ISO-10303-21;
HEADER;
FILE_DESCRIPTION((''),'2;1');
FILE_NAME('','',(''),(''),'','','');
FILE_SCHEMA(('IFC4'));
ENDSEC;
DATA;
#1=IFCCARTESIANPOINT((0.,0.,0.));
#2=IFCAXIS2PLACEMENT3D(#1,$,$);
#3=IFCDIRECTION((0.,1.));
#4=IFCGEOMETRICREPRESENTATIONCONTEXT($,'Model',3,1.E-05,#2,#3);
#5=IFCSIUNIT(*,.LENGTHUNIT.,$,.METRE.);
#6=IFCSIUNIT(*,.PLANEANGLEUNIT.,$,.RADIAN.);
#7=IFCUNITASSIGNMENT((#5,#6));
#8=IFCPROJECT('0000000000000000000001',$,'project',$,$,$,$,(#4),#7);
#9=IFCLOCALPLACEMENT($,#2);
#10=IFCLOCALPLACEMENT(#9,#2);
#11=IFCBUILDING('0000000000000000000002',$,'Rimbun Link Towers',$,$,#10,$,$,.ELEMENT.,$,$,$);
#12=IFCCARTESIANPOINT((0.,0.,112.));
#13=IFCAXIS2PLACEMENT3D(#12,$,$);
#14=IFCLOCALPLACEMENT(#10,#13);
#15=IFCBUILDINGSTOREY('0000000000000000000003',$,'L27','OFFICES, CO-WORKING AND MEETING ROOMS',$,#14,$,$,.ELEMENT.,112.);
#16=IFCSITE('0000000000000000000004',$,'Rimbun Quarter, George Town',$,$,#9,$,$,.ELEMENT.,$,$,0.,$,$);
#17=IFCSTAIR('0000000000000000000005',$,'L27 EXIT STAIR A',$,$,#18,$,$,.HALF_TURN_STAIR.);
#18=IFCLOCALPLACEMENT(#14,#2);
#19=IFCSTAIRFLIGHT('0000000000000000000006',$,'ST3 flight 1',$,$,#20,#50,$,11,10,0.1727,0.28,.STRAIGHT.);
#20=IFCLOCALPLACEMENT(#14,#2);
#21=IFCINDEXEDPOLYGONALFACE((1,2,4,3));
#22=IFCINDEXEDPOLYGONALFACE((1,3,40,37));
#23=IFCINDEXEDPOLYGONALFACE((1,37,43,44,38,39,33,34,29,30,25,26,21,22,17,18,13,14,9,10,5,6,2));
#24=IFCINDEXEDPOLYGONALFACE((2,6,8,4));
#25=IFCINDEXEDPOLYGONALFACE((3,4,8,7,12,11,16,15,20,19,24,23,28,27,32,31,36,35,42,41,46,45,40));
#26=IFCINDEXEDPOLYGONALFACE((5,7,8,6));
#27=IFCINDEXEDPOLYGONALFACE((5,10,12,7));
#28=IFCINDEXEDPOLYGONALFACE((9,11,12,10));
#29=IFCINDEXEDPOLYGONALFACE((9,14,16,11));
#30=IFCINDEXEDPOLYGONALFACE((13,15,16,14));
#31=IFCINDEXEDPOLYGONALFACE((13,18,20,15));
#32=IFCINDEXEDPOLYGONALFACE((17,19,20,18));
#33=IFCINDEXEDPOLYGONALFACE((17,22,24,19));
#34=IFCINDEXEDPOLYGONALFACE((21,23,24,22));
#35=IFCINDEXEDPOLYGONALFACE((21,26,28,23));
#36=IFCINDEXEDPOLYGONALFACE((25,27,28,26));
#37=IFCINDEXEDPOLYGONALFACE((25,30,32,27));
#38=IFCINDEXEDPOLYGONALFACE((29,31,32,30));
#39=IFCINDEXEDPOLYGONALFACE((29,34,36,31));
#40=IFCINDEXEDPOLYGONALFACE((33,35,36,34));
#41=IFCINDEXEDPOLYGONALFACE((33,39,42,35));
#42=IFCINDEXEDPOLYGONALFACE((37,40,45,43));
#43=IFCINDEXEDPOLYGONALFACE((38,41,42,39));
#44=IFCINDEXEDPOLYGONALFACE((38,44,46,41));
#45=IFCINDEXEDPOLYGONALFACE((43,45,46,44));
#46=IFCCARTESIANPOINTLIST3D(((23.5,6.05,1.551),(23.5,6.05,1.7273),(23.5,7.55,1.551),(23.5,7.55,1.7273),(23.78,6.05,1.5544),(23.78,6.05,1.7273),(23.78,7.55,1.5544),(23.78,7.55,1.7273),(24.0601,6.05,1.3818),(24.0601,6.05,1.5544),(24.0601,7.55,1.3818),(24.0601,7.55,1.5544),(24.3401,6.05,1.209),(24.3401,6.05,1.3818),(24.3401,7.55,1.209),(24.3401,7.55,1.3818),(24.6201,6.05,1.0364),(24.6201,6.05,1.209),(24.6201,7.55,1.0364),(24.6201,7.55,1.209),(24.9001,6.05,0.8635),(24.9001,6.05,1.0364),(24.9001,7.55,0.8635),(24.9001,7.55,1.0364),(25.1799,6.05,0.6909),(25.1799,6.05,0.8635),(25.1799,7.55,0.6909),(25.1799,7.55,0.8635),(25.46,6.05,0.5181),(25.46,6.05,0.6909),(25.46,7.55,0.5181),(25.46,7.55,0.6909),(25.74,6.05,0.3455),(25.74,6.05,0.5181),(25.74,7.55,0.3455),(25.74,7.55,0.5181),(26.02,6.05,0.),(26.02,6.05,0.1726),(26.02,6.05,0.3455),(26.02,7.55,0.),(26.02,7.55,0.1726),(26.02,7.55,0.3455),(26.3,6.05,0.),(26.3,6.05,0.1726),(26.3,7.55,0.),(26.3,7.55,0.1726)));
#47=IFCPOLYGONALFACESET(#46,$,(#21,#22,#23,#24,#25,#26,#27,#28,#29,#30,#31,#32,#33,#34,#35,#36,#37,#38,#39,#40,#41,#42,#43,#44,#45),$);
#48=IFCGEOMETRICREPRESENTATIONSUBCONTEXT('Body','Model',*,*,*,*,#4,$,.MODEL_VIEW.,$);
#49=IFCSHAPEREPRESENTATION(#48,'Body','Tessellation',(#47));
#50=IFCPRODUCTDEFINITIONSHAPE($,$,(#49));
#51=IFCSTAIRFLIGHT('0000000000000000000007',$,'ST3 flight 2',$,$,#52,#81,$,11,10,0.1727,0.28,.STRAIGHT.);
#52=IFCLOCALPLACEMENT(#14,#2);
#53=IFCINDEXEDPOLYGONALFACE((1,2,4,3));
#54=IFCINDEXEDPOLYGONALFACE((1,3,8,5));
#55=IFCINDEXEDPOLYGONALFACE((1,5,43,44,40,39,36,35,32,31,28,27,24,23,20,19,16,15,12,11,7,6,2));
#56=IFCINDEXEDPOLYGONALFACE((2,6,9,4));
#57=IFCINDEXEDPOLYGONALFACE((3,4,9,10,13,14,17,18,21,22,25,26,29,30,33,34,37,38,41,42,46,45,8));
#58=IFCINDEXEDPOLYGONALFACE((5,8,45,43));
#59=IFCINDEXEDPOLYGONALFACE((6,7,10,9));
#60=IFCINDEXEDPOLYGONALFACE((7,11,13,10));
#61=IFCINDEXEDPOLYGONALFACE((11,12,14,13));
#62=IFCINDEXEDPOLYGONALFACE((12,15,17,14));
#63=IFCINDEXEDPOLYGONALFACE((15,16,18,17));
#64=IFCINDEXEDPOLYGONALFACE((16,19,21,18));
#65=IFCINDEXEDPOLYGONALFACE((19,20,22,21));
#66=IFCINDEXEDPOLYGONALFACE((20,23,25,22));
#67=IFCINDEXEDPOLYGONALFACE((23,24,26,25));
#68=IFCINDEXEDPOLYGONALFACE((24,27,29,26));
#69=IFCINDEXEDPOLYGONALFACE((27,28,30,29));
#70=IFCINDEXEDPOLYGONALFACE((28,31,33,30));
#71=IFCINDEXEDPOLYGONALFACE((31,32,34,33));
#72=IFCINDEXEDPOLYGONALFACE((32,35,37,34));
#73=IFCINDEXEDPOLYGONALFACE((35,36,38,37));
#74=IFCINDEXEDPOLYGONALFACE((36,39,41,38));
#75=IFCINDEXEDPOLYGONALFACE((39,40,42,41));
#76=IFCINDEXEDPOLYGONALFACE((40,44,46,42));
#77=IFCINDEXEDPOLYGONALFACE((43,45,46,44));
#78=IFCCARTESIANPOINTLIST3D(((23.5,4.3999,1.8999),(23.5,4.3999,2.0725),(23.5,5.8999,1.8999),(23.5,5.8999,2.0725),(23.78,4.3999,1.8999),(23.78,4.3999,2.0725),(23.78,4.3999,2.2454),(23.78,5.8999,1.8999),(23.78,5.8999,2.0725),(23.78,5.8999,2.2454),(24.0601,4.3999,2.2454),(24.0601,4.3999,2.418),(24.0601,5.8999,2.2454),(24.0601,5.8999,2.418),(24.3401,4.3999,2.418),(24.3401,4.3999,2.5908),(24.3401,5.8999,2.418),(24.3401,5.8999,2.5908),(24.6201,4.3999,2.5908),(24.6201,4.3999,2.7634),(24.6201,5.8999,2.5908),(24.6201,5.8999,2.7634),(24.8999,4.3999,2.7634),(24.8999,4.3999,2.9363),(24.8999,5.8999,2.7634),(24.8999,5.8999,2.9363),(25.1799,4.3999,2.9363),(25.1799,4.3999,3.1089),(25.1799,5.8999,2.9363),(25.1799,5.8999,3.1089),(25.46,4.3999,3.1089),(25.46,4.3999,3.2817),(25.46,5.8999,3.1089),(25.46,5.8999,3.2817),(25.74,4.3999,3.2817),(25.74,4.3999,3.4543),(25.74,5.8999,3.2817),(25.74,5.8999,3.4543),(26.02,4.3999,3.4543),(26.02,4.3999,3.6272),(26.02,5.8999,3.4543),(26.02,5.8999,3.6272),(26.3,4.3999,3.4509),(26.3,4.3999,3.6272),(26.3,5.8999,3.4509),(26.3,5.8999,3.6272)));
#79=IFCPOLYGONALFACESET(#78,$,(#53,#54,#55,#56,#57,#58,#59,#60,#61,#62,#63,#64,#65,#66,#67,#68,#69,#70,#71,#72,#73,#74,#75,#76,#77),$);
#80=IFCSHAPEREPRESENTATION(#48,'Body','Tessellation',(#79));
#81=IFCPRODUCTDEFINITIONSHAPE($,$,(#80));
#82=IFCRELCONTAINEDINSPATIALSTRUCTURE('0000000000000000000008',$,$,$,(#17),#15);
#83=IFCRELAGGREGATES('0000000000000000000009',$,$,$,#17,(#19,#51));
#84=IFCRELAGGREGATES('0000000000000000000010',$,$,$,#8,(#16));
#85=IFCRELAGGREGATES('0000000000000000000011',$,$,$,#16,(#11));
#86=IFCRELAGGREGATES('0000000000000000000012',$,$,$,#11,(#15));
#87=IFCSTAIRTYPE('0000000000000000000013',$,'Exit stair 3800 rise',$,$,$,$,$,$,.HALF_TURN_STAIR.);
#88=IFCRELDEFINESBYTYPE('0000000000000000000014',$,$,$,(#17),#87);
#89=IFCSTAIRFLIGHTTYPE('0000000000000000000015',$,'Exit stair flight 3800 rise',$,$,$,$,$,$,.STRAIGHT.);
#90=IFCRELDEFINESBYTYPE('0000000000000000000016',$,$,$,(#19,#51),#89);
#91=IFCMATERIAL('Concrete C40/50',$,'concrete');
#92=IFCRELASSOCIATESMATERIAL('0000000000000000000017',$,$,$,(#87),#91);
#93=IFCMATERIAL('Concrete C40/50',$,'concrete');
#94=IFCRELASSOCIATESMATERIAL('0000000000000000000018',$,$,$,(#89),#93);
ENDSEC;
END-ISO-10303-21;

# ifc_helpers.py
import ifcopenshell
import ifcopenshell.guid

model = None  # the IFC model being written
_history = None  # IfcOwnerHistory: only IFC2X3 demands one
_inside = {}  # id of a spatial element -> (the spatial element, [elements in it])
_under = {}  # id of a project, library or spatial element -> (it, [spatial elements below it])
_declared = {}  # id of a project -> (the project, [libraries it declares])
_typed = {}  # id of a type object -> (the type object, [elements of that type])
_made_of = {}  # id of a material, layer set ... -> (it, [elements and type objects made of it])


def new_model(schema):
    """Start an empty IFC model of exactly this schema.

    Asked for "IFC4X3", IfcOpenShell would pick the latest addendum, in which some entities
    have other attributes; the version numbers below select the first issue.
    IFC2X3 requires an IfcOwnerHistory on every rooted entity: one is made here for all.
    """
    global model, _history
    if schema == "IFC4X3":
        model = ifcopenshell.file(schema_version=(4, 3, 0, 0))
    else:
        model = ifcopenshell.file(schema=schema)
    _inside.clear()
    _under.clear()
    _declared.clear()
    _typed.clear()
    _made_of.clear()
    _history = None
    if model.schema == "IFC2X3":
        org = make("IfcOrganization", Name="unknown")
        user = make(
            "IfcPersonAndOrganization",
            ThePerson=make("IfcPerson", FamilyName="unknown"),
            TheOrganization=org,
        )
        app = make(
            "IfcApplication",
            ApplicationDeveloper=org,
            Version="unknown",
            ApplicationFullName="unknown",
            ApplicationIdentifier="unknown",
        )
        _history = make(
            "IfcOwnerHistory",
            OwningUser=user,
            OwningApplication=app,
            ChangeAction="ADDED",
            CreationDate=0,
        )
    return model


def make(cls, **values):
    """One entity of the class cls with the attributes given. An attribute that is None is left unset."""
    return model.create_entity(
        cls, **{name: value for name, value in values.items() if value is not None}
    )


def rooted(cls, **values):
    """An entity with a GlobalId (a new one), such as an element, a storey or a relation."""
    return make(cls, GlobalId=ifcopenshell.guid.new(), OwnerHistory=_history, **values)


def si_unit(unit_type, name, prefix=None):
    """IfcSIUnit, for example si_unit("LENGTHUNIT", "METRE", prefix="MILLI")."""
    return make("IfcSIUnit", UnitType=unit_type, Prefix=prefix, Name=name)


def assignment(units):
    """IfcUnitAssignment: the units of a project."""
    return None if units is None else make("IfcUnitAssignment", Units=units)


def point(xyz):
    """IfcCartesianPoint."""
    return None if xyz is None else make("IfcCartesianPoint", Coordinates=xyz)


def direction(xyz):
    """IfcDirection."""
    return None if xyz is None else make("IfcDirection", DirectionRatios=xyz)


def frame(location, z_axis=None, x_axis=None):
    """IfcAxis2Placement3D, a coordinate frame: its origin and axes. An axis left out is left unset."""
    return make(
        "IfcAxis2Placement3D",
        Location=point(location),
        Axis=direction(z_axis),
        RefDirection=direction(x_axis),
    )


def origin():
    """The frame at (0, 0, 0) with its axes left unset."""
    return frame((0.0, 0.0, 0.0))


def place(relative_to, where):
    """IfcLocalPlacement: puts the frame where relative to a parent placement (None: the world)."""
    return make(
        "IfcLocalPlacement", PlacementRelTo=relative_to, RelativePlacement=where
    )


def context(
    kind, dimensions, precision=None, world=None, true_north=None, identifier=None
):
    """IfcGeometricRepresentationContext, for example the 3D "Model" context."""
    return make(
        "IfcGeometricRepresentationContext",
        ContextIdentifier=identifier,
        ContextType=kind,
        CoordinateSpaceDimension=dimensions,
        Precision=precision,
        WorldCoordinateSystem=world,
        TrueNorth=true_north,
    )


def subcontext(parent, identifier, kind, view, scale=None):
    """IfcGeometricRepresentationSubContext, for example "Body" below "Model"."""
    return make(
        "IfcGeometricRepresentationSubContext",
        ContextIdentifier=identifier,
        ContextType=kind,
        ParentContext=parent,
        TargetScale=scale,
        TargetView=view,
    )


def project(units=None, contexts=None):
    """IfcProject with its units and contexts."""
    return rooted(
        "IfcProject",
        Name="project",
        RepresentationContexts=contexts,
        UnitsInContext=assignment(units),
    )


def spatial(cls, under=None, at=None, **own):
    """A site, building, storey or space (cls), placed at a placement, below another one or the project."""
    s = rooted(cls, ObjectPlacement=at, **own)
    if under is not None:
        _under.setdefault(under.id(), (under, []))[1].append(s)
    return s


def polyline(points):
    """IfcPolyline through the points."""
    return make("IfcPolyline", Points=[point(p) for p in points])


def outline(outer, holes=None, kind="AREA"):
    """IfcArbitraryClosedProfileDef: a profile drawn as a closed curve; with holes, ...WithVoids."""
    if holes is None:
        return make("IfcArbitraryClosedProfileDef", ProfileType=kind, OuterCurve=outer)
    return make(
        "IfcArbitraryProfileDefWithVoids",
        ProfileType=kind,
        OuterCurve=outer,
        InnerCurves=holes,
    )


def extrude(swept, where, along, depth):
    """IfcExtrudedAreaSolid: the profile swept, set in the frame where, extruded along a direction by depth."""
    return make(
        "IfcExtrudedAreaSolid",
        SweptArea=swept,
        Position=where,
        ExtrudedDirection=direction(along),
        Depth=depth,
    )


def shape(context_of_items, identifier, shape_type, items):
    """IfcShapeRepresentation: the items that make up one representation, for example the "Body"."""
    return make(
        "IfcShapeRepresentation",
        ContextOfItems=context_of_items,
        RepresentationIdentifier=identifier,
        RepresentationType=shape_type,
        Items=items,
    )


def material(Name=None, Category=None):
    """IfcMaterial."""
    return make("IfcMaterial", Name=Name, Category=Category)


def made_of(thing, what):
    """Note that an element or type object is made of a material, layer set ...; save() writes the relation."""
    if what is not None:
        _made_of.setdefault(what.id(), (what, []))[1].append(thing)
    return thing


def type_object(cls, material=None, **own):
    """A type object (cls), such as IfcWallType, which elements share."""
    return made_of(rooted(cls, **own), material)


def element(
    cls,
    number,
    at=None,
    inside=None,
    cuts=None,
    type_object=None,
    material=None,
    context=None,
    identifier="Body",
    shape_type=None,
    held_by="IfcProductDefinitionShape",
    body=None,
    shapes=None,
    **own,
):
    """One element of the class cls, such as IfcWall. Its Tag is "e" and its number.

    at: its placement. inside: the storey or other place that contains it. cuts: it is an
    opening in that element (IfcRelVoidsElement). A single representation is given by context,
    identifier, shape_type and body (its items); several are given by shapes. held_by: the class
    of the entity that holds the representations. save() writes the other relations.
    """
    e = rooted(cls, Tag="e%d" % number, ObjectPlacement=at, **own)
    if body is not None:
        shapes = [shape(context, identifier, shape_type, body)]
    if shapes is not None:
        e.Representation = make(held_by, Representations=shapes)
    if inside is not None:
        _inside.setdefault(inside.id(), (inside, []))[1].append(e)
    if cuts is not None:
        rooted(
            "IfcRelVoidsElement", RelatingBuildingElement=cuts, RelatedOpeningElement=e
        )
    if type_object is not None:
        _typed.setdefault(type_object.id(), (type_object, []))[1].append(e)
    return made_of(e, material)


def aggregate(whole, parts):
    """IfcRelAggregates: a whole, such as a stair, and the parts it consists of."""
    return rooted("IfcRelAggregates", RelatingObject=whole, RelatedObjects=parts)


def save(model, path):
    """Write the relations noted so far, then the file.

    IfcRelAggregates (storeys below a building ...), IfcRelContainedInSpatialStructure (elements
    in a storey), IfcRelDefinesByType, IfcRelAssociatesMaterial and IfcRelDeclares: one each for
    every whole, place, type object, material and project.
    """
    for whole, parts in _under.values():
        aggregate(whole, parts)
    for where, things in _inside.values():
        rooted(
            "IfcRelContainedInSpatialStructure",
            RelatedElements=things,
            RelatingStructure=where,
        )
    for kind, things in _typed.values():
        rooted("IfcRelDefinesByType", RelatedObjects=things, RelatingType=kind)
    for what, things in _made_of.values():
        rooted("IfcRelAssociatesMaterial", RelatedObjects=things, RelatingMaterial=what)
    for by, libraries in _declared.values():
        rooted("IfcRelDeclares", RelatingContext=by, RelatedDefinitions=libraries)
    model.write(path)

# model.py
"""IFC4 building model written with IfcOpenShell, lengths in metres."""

from ifc_helpers import new_model, si_unit, direction, frame, origin, place, context, subcontext, project, spatial, polyline, outline, extrude, material, type_object, element, aggregate, save


model = new_model("IFC4")

# Units and contexts
model_context = context("Model", 3, precision=1e-05, world=origin(), true_north=direction((0.0, 1.0)))
body_context = subcontext(model_context, "Body", "Model", "MODEL_VIEW")
ifc_project = project(units=[si_unit("LENGTHUNIT", "METRE"), si_unit("PLANEANGLEUNIT", "RADIAN")], contexts=[model_context])

# Site, building, storey
site_placement = place(None, origin())
site = spatial("IfcSite", under=ifc_project, at=site_placement, Name="Rimbun Quarter, George Town", CompositionType="ELEMENT", RefElevation=0.0)
building_placement = place(site_placement, origin())
building = spatial("IfcBuilding", under=site, at=building_placement, Name="Rimbun Link Towers", CompositionType="ELEMENT")
storey_placement = place(building_placement, frame((0.0, 0.0, 112.0)))
storey = spatial("IfcBuildingStorey", under=building, at=storey_placement, Name="L27", Description="OFFICES, CO-WORKING AND MEETING ROOMS", CompositionType="ELEMENT", Elevation=112.0)

# Stair, stair flights
ifc_material_1 = material(Name="Concrete C40/50", Category="concrete")
stair_type = type_object("IfcStairType", Name="Exit stair 3800 rise", PredefinedType="HALF_TURN_STAIR", material=ifc_material_1)
stair_placement = place(storey_placement, origin())
stair = element("IfcStair", 1, at=stair_placement, inside=storey, type_object=stair_type, Name="L27 EXIT STAIR A", PredefinedType="HALF_TURN_STAIR")
ifc_material_2 = material(Name="Concrete C40/50", Category="concrete")
stair_flight_type = type_object("IfcStairFlightType", Name="Exit stair flight 3800 rise", PredefinedType="STRAIGHT", material=ifc_material_2)
stair_flight_1_placement = place(storey_placement, frame((26.3, 6.8, 0.0), z_axis=(0.0, 0.0, 1.0), x_axis=(-1.0, 0.0, 0.0)))
stair_flight_1 = element("IfcStairFlight", 2, at=stair_flight_1_placement, type_object=stair_flight_type, Name="ST3 flight 1", NumberOfRisers=11, NumberOfTreads=10, PredefinedType="STRAIGHT", RiserHeight=0.1727, TreadLength=0.28, context=body_context, shape_type="SweptSolid", body=[
    extrude(outline(polyline([(0.0, 0.0), (0.0, 0.1726), (0.28, 0.1726), (0.28, 0.3455), (0.5601, 0.3455), (0.5601, 0.5181), (0.8401, 0.5181), (0.8401, 0.6909), (1.1201, 0.6909), (1.1201, 0.8635), (1.3999, 0.8635), (1.3999, 1.0364), (1.6799, 1.0364), (1.6799, 1.209), (1.96, 1.209), (1.96, 1.3818), (2.24, 1.3818), (2.24, 1.5544), (2.52, 1.5544), (2.52, 1.7273), (2.8, 1.7273), (2.8, 1.8999), (2.8, 1.551), (0.28, 0.0), (0.0, 0.0)])), frame((0.0, 0.75, 0.0), z_axis=(0.0, -1.0, 0.0), x_axis=(1.0, 0.0, 0.0)), (0.0, 0.0, 1.0), 1.5),
])
stair_flight_2_placement = place(storey_placement, frame((23.5, 5.1499, 1.8999), z_axis=(0.0, 0.0, 1.0), x_axis=(1.0, 0.0, 0.0)))
stair_flight_2 = element("IfcStairFlight", 3, at=stair_flight_2_placement, type_object=stair_flight_type, Name="ST3 flight 2", NumberOfRisers=11, NumberOfTreads=10, PredefinedType="STRAIGHT", RiserHeight=0.1727, TreadLength=0.28, context=body_context, shape_type="SweptSolid", body=[
    extrude(outline(polyline([(0.0, 0.0), (0.0, 0.1726), (0.28, 0.1726), (0.28, 0.3455), (0.5601, 0.3455), (0.5601, 0.5181), (0.8401, 0.5181), (0.8401, 0.6909), (1.1201, 0.6909), (1.1201, 0.8635), (1.3999, 0.8635), (1.3999, 1.0364), (1.6799, 1.0364), (1.6799, 1.209), (1.96, 1.209), (1.96, 1.3818), (2.24, 1.3818), (2.24, 1.5544), (2.52, 1.5544), (2.52, 1.7273), (2.8, 1.7273), (2.8, 1.8999), (2.8, 1.551), (0.28, 0.0), (0.0, 0.0)])), frame((0.0, 0.75, 0.0), z_axis=(0.0, -1.0, 0.0), x_axis=(1.0, 0.0, 0.0)), (0.0, 0.0, 1.0), 1.5),
])
aggregate(stair, [stair_flight_1, stair_flight_2])

save(model, "model.ifc")
